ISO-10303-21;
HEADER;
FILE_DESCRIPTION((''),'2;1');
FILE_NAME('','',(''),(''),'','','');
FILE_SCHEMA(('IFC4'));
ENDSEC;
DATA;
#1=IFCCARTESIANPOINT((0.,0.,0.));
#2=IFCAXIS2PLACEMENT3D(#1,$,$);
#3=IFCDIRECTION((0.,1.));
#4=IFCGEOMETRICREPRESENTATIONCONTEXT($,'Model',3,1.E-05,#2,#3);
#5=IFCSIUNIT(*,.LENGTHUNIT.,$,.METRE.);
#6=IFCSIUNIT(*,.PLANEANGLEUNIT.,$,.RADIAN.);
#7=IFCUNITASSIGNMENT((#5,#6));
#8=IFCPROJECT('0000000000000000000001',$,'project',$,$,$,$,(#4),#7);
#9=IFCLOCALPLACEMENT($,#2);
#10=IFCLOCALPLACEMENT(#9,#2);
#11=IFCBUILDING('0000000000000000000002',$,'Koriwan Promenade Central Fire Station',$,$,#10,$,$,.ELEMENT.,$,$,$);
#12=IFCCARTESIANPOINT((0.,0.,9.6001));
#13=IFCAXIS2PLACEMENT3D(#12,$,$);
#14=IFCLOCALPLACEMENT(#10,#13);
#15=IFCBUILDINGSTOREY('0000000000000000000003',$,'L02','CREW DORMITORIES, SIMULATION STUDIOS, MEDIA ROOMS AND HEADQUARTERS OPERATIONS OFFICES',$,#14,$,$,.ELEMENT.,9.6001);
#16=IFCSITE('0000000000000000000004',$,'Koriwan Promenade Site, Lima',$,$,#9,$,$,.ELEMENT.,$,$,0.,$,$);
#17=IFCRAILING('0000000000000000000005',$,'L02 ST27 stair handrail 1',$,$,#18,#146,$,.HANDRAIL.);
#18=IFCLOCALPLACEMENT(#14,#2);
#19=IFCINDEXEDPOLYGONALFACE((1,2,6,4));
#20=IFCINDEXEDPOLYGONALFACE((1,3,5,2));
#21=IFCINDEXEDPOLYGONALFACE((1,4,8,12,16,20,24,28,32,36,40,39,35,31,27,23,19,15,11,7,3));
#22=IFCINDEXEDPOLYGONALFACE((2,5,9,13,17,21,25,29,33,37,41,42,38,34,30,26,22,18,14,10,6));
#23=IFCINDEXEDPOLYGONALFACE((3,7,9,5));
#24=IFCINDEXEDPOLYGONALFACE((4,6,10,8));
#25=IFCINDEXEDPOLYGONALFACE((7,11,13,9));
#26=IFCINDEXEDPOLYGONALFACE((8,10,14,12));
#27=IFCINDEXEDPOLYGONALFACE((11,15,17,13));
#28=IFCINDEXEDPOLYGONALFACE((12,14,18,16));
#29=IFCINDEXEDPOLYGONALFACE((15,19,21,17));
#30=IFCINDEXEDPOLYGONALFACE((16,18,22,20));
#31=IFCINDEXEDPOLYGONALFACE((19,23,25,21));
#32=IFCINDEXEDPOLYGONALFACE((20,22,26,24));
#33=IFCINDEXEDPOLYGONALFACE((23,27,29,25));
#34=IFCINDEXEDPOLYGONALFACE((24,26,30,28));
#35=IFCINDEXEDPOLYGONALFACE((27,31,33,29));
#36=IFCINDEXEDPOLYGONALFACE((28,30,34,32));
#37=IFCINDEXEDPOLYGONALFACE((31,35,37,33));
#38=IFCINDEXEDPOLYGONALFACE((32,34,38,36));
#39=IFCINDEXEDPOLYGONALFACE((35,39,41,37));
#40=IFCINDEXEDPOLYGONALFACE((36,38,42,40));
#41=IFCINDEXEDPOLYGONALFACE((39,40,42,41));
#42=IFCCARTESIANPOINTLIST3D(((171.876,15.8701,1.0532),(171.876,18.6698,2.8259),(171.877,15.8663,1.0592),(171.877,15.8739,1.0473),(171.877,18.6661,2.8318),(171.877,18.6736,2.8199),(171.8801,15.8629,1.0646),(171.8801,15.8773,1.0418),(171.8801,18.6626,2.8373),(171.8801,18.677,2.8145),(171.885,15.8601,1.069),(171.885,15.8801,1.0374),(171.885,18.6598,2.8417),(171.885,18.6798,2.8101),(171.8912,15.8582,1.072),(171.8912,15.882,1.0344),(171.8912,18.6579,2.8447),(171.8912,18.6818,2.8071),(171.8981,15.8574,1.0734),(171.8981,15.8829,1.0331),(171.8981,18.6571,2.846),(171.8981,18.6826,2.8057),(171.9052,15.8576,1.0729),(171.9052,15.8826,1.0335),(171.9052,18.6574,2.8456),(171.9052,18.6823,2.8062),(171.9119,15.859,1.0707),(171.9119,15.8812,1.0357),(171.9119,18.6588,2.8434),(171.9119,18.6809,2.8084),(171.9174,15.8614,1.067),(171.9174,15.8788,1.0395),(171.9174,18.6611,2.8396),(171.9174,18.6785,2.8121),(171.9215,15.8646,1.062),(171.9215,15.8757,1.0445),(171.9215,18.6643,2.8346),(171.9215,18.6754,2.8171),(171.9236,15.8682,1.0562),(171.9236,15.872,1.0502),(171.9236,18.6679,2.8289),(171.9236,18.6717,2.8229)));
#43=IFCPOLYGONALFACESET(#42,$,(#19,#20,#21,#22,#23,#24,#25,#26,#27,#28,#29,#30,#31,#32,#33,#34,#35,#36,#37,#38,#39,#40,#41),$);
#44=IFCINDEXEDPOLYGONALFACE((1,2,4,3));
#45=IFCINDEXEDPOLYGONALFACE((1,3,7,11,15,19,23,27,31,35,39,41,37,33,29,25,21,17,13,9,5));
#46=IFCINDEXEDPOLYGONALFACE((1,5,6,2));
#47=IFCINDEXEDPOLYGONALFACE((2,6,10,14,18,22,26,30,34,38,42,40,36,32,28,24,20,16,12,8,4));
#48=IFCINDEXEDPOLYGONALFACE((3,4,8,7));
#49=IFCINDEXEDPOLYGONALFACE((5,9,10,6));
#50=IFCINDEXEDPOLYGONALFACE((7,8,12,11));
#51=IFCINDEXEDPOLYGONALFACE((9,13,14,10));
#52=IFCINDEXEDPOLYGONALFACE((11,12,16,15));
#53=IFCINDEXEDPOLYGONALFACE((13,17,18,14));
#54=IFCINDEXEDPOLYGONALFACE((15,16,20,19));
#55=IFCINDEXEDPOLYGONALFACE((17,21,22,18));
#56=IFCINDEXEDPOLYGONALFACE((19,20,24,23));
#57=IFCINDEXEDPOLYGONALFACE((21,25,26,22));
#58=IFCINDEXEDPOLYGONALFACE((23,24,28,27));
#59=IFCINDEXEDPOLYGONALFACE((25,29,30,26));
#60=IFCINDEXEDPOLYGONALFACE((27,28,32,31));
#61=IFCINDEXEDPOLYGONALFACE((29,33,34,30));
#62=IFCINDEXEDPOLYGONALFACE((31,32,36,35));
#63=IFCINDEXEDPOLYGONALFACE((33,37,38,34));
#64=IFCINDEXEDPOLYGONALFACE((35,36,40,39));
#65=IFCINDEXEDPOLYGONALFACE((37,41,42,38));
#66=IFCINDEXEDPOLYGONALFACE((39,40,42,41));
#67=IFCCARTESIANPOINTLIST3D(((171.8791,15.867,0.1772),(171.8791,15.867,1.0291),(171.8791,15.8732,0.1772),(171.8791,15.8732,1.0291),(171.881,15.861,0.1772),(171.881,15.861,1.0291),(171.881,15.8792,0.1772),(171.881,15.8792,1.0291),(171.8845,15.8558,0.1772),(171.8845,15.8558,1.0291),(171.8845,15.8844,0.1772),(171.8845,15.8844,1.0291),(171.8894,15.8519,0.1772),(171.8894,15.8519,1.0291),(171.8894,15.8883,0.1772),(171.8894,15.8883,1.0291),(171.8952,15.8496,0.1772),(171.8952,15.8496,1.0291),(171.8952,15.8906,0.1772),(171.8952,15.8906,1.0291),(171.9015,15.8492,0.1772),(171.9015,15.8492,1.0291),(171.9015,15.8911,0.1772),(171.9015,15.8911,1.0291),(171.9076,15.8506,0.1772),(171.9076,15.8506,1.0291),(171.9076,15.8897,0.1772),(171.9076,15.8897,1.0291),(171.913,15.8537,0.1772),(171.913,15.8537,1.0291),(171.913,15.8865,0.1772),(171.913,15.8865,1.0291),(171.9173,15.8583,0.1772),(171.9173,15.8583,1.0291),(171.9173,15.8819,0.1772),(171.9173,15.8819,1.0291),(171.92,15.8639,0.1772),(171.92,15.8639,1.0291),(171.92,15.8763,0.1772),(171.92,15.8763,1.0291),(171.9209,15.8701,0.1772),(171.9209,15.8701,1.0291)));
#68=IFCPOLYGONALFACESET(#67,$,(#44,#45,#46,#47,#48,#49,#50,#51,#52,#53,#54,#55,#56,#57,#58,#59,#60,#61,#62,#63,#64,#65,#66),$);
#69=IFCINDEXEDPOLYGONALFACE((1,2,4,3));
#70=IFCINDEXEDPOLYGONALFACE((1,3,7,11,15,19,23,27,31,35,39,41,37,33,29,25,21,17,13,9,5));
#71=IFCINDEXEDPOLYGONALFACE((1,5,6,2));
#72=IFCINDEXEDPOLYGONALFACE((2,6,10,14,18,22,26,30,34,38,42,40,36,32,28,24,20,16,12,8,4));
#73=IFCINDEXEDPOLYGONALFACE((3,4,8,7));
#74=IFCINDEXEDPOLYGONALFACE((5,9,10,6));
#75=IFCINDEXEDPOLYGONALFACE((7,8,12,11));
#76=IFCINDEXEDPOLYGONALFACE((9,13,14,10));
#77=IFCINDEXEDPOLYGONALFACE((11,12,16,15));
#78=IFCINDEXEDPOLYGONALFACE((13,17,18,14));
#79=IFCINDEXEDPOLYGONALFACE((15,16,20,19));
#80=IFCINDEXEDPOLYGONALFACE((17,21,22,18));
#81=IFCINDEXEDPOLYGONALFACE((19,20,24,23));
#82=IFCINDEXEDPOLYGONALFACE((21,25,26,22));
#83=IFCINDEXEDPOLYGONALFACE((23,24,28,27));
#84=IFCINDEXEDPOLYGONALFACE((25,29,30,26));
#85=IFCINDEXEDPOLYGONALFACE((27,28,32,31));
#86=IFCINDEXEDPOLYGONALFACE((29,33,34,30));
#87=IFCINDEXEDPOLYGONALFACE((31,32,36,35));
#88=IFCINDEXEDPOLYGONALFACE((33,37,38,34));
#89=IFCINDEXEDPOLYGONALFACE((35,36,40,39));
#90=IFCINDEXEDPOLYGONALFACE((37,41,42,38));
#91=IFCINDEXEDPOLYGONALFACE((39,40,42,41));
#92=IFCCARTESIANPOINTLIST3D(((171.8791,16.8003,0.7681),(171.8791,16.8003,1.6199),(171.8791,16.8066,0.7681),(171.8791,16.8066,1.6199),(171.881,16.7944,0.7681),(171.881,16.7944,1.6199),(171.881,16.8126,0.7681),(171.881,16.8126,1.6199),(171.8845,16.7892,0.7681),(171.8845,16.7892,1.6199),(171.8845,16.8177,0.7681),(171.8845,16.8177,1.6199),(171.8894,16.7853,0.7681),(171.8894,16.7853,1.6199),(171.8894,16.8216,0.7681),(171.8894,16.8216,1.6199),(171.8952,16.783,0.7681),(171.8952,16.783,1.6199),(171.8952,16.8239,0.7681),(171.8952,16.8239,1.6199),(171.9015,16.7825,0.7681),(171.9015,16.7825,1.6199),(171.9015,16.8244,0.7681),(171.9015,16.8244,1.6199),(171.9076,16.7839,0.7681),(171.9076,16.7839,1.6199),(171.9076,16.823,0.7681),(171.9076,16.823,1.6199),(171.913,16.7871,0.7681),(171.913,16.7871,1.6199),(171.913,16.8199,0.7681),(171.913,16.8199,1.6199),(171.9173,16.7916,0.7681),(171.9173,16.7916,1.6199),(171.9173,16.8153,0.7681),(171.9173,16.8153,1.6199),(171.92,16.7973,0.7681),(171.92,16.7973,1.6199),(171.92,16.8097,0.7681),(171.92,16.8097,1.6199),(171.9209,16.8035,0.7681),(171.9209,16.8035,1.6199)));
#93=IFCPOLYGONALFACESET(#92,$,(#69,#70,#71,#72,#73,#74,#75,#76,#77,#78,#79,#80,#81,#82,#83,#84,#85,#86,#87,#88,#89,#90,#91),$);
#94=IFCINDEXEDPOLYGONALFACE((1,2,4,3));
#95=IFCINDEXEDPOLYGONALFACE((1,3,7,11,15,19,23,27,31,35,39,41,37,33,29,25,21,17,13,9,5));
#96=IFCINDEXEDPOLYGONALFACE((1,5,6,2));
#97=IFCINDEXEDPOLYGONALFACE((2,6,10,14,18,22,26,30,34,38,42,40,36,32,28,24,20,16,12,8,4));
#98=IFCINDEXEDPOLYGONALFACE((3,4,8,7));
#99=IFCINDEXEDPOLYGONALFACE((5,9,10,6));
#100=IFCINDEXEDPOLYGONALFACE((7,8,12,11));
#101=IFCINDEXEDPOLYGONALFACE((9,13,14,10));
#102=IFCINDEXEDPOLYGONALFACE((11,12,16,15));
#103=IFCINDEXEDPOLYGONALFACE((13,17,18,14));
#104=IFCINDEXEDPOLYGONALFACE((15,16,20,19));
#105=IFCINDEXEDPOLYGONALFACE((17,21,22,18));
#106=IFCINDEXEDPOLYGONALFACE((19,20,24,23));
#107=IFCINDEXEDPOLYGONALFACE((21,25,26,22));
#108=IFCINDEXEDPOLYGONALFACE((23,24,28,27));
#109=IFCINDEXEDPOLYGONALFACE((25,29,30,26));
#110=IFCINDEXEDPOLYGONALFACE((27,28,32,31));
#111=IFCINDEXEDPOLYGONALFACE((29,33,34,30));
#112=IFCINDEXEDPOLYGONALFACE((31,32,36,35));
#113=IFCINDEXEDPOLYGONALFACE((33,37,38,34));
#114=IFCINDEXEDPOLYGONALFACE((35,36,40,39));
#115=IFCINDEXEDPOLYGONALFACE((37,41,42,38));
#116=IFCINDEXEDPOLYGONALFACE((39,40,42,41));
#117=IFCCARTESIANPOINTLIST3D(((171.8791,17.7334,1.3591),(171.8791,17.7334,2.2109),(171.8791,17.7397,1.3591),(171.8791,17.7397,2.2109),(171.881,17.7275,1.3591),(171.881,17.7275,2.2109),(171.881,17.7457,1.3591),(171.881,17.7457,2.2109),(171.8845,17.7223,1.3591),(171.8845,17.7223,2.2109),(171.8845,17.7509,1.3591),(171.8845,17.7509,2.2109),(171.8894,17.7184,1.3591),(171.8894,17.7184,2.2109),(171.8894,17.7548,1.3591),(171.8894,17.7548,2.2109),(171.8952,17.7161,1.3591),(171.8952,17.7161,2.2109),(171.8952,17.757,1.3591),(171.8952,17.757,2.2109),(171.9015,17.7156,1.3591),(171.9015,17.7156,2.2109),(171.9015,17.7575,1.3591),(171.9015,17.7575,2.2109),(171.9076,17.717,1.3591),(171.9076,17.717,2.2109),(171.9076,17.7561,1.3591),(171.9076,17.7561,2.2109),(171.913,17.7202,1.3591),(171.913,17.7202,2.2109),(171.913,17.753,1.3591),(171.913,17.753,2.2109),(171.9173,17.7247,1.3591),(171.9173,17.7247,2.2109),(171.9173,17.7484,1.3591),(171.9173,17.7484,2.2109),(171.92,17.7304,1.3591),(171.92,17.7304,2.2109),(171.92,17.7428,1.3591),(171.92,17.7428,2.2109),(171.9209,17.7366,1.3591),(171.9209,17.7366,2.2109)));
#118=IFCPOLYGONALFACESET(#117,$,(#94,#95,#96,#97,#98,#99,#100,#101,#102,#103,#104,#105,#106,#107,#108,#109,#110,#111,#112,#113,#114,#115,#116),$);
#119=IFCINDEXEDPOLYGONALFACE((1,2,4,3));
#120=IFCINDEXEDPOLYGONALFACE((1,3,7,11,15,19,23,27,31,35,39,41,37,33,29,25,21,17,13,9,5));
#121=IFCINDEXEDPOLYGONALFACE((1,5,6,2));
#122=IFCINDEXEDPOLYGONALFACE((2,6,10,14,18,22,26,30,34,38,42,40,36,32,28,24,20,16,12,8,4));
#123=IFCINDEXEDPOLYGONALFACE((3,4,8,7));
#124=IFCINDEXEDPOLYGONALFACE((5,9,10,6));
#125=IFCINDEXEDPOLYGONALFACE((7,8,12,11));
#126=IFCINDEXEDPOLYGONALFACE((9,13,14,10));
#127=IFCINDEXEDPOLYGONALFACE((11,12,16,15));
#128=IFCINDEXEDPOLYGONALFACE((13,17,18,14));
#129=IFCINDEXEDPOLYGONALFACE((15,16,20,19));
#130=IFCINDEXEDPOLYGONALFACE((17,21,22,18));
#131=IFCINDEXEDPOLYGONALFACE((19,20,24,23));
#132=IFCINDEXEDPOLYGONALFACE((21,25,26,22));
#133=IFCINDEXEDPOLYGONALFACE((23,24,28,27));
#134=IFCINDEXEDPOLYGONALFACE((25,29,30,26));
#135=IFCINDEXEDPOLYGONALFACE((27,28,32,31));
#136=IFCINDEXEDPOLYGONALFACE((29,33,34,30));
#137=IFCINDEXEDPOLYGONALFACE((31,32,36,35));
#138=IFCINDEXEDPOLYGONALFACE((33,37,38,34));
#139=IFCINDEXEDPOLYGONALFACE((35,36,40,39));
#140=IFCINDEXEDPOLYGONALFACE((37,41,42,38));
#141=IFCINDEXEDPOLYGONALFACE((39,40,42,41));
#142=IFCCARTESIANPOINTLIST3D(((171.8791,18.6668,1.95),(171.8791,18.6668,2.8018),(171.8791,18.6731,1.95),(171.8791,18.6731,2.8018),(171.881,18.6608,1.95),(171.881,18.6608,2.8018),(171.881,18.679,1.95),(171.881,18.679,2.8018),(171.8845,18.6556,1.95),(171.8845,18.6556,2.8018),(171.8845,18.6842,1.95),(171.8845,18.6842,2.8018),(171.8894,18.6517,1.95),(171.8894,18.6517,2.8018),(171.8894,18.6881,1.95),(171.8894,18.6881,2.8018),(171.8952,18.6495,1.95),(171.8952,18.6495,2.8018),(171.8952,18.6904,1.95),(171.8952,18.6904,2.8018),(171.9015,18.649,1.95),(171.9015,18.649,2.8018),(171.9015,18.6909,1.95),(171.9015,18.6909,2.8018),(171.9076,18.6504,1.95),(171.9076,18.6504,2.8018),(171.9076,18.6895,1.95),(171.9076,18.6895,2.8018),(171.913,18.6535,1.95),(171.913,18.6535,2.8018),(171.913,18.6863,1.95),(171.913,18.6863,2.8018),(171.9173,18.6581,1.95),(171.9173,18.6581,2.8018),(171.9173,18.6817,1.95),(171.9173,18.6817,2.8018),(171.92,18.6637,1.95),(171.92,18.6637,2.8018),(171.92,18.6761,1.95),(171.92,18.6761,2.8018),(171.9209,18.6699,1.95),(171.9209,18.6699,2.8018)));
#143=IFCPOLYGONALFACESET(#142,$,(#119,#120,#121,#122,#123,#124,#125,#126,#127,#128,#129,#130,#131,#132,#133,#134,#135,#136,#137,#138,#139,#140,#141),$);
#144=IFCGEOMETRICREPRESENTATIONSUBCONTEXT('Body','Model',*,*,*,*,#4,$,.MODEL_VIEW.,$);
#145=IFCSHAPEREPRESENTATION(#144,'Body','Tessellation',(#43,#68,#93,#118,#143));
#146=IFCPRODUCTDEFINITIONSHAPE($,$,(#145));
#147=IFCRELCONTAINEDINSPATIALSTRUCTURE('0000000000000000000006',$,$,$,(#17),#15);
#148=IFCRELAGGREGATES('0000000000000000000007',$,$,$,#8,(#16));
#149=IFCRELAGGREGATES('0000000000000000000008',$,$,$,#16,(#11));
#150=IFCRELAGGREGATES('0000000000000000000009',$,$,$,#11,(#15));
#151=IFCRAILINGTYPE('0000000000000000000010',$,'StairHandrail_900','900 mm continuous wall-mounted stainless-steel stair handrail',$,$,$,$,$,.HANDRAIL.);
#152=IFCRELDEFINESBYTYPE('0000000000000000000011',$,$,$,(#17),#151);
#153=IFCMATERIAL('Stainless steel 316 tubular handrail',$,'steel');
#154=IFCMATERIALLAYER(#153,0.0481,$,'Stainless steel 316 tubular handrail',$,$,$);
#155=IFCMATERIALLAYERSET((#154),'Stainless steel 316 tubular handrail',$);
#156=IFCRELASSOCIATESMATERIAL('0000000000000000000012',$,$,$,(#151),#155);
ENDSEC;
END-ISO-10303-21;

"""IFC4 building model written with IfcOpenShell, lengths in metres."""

from ifc_helpers import new_model, si_unit, direction, frame, origin, origin_2d, place, context, subcontext, project, spatial, circle, extrude, material, layer, layer_set, type_object, element, save


model = new_model("IFC4")

# Units and contexts
model_context = context("Model", 3, precision=1e-05, world=origin(), true_north=direction((0.0, 1.0)))
body_context = subcontext(model_context, "Body", "Model", "MODEL_VIEW")
ifc_project = project(units=[si_unit("LENGTHUNIT", "METRE"), si_unit("PLANEANGLEUNIT", "RADIAN")], contexts=[model_context])

# Site, building, storey
site_placement = place(None, origin())
site = spatial("IfcSite", under=ifc_project, at=site_placement, Name="Koriwan Promenade Site, Lima", CompositionType="ELEMENT", RefElevation=0.0)
building_placement = place(site_placement, origin())
building = spatial("IfcBuilding", under=site, at=building_placement, Name="Koriwan Promenade Central Fire Station", CompositionType="ELEMENT")
storey_placement = place(building_placement, frame((0.0, 0.0, 9.6001)))
storey = spatial("IfcBuildingStorey", under=building, at=storey_placement, Name="L02", Description="CREW DORMITORIES, SIMULATION STUDIOS, MEDIA ROOMS AND HEADQUARTERS OPERATIONS OFFICES", CompositionType="ELEMENT", Elevation=9.6001)

# Railing
ifc_material_1 = material(Name="Stainless steel 316 tubular handrail", Category="steel")
ifc_layer_1 = layer(ifc_material_1, 0.0481, Name="Stainless steel 316 tubular handrail")
ifc_layer_set_1 = layer_set([ifc_layer_1], Name="Stainless steel 316 tubular handrail")
railing_type_1 = type_object("IfcRailingType", Name="StairHandrail_900", Description="900 mm continuous wall-mounted stainless-steel stair handrail", PredefinedType="HANDRAIL", material=ifc_layer_set_1)
railing_1_placement = place(storey_placement, frame((171.8999, 15.8701, 0.1772)))
element("IfcRailing", 1, at=railing_1_placement, inside=storey, type_object=railing_type_1, Name="L02 ST27 stair handrail 1", PredefinedType="HANDRAIL", context=body_context, shape_type="SweptSolid", body=[
    extrude(circle(Radius=0.0239, at=origin_2d()), frame((0.0, 0.0, 0.876), z_axis=(0.0, 0.844888, 0.534943), x_axis=(-1.0, 0.0, 0.0)), (0.0, 0.0, 1.0), 3.3137),
    extrude(circle(Radius=0.021, at=origin_2d()), origin(), (0.0, 0.0, 1.0), 0.8518),
    extrude(circle(Radius=0.021, at=origin_2d()), frame((0.0, 0.9333, 0.5908)), (0.0, 0.0, 1.0), 0.8518),
    extrude(circle(Radius=0.021, at=origin_2d()), frame((0.0, 1.8665, 1.1819)), (0.0, 0.0, 1.0), 0.8518),
    extrude(circle(Radius=0.021, at=origin_2d()), frame((0.0, 2.7998, 1.7727)), (0.0, 0.0, 1.0), 0.8518),
])

save(model, "model.ifc")
